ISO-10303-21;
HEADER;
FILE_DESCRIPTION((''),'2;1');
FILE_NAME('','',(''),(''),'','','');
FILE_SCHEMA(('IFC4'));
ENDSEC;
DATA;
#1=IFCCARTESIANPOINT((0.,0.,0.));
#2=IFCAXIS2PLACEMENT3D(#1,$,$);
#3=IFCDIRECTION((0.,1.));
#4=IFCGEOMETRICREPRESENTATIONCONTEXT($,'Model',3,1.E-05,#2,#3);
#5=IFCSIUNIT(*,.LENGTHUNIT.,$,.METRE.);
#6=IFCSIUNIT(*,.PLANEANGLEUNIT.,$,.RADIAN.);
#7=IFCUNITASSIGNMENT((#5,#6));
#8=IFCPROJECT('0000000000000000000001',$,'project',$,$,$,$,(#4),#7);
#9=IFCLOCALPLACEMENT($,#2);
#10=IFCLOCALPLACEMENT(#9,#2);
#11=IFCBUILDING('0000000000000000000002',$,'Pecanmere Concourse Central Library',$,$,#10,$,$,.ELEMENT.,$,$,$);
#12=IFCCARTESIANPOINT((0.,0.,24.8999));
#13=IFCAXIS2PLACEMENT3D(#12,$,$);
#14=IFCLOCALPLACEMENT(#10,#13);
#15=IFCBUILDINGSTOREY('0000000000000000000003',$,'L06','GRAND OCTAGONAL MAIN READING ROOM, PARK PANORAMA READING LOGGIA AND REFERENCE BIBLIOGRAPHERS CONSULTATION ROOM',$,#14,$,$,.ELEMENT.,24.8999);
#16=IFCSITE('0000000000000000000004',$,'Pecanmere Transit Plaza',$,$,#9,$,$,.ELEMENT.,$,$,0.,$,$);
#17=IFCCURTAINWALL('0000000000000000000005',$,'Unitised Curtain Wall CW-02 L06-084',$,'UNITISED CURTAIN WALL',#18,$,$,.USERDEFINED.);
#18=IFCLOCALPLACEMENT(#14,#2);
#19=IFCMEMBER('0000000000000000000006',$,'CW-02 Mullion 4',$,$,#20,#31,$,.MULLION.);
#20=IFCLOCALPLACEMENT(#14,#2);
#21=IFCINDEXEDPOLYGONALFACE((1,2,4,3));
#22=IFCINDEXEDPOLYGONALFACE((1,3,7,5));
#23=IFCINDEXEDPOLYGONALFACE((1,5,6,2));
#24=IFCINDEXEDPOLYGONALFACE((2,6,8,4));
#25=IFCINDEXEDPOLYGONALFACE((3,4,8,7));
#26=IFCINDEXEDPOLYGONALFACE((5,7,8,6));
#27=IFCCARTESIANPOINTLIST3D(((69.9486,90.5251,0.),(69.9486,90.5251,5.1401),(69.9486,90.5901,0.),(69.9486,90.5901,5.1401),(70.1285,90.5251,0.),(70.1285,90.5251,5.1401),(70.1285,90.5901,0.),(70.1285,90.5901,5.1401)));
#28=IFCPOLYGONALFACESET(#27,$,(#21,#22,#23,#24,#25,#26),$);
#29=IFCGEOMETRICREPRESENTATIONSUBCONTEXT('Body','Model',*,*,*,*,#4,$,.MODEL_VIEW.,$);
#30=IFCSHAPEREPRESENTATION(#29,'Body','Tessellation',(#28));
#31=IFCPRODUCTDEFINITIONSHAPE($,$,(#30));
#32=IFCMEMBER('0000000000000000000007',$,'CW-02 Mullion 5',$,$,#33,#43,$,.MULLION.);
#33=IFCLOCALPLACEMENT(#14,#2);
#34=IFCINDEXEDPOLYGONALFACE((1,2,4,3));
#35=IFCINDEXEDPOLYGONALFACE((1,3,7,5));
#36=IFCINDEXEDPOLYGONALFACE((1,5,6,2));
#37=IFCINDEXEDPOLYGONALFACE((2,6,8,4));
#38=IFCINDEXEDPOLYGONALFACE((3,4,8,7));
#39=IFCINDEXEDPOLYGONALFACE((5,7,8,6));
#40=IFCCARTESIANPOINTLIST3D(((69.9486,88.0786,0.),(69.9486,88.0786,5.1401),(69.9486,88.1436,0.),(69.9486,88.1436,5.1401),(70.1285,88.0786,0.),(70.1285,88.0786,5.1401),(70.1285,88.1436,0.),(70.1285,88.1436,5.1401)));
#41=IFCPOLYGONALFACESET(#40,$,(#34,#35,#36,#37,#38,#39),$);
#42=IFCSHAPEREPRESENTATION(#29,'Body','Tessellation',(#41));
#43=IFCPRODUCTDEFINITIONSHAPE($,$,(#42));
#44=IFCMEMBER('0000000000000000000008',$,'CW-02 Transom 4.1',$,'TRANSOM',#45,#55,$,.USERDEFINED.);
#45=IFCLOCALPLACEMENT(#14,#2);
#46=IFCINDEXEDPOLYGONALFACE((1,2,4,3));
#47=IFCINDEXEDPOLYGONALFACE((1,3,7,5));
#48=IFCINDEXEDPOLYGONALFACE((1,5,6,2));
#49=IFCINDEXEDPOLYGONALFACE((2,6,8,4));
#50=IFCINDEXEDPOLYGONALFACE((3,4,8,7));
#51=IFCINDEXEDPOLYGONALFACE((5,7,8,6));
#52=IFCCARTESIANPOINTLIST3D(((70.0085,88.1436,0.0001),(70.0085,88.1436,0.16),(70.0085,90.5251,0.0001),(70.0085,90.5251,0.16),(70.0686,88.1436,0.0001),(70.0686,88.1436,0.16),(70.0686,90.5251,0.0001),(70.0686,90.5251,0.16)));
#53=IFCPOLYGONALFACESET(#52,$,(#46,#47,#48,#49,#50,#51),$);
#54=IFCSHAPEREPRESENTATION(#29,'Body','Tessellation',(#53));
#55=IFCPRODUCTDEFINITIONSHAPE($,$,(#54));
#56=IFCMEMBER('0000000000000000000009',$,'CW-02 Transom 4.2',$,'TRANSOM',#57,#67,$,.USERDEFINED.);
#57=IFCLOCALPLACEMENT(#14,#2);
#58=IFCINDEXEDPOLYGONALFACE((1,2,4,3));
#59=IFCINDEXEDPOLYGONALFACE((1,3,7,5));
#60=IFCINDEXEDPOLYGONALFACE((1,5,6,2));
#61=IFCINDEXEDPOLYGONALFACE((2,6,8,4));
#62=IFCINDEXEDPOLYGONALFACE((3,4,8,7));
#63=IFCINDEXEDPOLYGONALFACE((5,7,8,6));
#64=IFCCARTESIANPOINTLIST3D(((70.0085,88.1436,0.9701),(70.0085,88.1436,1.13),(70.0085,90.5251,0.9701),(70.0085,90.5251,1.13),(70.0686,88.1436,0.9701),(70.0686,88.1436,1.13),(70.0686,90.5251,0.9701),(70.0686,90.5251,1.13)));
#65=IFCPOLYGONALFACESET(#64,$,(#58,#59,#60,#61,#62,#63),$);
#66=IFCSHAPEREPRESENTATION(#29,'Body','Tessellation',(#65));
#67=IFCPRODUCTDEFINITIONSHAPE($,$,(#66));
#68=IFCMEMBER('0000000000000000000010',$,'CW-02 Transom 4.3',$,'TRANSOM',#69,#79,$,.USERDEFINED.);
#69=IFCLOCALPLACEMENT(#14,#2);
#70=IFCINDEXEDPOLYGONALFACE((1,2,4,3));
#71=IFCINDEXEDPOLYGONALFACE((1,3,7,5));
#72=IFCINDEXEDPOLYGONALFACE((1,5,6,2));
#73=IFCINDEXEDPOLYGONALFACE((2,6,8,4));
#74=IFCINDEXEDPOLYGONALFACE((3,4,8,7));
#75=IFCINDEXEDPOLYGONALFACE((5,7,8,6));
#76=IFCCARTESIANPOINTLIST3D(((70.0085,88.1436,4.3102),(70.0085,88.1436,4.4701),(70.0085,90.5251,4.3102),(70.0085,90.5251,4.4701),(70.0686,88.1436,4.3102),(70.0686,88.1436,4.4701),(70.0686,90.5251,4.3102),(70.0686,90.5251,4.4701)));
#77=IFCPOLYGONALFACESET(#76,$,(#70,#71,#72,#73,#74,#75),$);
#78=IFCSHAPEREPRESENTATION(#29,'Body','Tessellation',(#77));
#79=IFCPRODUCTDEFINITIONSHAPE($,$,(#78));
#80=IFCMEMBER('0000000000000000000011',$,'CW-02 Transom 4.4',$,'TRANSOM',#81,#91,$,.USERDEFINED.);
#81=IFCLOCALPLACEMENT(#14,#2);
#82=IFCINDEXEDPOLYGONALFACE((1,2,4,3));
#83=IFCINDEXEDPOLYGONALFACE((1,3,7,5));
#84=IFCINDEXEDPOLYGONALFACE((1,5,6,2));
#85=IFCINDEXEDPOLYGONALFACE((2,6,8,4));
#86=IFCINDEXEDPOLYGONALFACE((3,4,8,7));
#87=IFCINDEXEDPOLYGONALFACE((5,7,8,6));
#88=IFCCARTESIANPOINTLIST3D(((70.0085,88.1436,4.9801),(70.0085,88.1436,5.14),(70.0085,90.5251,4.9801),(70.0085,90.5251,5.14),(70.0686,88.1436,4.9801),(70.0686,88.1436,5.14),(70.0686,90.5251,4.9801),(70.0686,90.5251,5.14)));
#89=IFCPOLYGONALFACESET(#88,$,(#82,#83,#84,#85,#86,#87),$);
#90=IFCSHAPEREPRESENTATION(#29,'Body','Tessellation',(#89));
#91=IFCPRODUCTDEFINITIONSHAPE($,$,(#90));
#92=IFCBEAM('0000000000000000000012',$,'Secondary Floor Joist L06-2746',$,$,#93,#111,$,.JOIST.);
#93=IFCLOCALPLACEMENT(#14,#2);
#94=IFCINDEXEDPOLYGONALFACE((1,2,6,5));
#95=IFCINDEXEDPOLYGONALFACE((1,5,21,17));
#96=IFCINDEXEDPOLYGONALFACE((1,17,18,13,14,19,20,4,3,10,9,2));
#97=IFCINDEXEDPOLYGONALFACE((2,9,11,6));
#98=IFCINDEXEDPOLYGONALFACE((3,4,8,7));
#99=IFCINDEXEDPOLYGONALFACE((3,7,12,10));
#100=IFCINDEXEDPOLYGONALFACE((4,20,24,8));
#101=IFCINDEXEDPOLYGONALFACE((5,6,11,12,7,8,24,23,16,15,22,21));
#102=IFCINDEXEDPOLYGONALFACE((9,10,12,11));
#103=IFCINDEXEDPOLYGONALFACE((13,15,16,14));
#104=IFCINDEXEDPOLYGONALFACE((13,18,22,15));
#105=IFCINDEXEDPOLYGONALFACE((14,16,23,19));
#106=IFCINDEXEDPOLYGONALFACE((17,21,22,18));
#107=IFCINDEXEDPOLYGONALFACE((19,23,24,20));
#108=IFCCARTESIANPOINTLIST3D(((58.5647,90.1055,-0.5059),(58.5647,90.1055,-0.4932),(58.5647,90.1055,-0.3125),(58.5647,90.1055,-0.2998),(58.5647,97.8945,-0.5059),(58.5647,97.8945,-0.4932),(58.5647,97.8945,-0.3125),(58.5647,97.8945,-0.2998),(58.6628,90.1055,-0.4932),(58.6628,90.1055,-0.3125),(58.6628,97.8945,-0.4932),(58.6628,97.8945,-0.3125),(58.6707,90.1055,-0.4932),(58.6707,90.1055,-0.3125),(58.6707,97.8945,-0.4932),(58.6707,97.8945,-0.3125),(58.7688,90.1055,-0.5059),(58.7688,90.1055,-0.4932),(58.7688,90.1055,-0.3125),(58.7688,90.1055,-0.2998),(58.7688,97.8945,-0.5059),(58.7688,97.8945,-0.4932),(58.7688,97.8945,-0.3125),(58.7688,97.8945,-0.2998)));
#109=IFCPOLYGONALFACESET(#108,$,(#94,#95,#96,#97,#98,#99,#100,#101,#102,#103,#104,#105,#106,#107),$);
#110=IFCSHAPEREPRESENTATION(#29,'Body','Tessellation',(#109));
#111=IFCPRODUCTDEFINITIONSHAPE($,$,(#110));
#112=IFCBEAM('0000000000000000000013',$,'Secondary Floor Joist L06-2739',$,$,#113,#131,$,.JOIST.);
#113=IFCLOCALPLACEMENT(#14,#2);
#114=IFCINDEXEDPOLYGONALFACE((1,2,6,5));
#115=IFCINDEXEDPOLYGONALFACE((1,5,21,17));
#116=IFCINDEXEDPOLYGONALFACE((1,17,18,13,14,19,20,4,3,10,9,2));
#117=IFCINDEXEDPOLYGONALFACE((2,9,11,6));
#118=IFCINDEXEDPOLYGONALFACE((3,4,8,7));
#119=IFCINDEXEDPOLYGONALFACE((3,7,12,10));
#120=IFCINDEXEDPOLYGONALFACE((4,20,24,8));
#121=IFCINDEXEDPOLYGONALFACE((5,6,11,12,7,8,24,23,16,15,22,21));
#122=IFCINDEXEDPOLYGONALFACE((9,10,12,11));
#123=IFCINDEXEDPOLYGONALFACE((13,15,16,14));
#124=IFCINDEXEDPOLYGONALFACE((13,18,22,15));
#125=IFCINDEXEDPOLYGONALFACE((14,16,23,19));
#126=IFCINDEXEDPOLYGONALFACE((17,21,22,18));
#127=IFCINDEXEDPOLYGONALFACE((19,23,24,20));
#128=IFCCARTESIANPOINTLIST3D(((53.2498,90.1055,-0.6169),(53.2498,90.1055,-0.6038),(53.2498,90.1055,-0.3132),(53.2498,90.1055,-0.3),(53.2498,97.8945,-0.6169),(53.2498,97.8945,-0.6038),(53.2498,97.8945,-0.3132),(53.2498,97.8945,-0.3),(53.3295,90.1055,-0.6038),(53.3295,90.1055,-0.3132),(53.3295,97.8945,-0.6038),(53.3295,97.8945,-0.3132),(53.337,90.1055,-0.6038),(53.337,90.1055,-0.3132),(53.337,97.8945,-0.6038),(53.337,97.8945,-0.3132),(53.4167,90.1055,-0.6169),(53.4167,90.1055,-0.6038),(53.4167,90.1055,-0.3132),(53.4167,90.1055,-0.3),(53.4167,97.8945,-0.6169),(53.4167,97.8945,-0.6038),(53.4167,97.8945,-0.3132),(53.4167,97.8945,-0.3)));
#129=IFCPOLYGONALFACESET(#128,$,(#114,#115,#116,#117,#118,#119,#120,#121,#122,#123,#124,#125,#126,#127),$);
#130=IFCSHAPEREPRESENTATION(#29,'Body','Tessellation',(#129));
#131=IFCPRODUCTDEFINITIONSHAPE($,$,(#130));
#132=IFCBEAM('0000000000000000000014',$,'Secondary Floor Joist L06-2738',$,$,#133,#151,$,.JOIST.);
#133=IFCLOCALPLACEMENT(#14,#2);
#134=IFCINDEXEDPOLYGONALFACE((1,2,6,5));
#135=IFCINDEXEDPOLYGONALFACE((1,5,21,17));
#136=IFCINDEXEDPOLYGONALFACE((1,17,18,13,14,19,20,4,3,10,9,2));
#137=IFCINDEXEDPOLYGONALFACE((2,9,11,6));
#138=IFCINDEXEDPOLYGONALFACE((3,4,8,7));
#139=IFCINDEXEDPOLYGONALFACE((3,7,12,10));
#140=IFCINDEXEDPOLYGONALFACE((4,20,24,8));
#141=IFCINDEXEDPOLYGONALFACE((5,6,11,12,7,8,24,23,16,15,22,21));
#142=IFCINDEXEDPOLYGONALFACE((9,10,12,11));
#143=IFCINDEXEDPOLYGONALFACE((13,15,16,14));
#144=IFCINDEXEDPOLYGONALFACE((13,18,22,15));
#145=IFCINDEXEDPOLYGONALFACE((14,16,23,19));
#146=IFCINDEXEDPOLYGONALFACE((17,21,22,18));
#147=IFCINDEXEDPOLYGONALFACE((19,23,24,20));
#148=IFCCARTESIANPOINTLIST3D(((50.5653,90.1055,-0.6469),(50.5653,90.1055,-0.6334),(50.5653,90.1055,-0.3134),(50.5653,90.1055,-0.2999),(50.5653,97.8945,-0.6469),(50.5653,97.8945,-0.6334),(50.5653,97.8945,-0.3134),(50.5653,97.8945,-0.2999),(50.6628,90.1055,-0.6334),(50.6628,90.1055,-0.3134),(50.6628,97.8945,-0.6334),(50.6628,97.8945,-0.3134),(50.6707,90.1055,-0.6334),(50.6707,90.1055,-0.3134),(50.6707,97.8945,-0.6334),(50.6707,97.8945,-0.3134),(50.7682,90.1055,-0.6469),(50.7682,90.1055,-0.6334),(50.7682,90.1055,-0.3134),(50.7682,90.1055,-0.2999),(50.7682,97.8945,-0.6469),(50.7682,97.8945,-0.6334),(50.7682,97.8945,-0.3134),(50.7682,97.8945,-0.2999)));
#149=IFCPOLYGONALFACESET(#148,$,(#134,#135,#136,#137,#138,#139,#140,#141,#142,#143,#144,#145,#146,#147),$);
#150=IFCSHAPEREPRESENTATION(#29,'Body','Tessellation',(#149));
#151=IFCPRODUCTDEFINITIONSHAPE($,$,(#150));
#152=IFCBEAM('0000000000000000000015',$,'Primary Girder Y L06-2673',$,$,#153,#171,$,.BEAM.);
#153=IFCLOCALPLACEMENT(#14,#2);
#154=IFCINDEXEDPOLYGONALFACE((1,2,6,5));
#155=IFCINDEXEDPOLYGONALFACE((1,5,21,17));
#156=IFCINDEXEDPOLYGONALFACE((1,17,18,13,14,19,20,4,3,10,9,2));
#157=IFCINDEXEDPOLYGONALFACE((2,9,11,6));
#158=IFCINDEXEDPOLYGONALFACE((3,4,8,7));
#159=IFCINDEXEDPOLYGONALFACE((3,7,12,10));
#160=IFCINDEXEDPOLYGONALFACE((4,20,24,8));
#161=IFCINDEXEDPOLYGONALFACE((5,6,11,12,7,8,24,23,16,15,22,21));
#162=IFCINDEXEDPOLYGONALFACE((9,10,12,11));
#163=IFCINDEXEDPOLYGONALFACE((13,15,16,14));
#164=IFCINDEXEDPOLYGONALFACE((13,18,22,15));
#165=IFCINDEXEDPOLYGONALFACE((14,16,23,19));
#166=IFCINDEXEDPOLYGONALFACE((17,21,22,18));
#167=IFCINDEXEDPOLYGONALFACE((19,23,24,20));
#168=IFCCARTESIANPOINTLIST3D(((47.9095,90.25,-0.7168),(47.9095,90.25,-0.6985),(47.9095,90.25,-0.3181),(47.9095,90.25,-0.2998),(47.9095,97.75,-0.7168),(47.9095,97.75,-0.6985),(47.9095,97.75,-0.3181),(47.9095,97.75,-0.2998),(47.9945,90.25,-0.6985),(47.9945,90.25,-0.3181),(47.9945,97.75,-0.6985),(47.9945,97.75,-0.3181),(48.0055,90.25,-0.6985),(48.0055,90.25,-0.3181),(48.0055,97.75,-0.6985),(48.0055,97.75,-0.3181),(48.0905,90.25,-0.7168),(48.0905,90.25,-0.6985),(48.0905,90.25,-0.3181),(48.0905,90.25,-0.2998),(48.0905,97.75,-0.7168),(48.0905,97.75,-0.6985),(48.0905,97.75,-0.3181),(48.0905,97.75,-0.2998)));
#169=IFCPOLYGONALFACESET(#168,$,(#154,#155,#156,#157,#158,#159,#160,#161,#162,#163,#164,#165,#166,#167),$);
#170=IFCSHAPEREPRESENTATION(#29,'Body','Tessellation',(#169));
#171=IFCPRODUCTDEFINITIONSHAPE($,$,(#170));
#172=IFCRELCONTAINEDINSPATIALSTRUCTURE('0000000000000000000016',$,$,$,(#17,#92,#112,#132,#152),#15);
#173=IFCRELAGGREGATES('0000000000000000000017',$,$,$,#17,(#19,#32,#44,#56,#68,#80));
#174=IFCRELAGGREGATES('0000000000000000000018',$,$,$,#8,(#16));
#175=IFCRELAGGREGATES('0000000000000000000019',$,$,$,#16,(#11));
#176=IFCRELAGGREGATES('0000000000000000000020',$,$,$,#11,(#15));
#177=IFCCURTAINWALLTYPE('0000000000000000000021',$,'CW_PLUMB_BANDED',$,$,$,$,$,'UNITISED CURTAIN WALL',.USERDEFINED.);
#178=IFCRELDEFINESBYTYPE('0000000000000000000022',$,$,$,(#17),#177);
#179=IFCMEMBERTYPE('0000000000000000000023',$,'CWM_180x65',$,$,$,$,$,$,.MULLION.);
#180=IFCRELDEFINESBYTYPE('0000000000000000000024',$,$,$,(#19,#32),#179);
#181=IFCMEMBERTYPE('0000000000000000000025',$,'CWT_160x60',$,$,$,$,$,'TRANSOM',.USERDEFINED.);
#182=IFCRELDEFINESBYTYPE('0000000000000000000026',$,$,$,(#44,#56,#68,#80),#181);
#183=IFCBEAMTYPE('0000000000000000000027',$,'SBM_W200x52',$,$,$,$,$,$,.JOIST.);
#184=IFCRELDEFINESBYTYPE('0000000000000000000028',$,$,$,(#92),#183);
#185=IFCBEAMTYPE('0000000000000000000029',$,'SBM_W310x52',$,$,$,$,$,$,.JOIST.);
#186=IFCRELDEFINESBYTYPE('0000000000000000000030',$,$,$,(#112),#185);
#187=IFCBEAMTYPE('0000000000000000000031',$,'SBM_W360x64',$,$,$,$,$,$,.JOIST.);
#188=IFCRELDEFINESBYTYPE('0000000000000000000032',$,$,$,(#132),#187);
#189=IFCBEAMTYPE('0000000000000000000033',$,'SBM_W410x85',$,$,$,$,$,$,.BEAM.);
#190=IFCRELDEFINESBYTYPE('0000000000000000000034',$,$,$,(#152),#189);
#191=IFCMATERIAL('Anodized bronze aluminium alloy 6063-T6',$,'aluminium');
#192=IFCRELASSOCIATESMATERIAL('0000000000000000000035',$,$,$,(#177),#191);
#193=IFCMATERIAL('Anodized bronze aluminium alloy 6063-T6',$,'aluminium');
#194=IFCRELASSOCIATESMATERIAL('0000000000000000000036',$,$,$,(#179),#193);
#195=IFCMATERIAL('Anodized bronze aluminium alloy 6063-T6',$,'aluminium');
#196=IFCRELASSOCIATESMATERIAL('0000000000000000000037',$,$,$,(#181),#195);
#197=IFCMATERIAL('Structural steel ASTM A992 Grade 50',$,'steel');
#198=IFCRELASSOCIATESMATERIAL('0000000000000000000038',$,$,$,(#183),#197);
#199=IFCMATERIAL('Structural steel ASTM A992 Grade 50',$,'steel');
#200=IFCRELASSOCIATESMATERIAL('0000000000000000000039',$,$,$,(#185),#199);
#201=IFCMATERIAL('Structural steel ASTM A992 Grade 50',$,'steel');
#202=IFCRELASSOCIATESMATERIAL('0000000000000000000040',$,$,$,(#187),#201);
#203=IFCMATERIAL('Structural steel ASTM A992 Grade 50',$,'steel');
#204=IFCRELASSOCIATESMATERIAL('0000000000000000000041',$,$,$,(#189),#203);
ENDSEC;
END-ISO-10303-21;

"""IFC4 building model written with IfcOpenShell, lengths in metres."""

from ifc_helpers import new_model, si_unit, direction, frame, origin, origin_2d, place, context, subcontext, project, spatial, rectangle, i_section, extrude, material, material_profile, profile_set, type_object, element, aggregate, save


model = new_model("IFC4")

# Units and contexts
model_context = context("Model", 3, precision=1e-05, world=origin(), true_north=direction((0.0, 1.0)))
body_context = subcontext(model_context, "Body", "Model", "MODEL_VIEW")
ifc_project = project(units=[si_unit("LENGTHUNIT", "METRE"), si_unit("PLANEANGLEUNIT", "RADIAN")], contexts=[model_context])

# Site, building, storey
site_placement = place(None, origin())
site = spatial("IfcSite", under=ifc_project, at=site_placement, Name="Pecanmere Transit Plaza", CompositionType="ELEMENT", RefElevation=0.0)
building_placement = place(site_placement, origin())
building = spatial("IfcBuilding", under=site, at=building_placement, Name="Pecanmere Concourse Central Library", CompositionType="ELEMENT")
storey_placement = place(building_placement, frame((0.0, 0.0, 24.8999)))
storey = spatial("IfcBuildingStorey", under=building, at=storey_placement, Name="L06", Description="GRAND OCTAGONAL MAIN READING ROOM, PARK PANORAMA READING LOGGIA AND REFERENCE BIBLIOGRAPHERS CONSULTATION ROOM", CompositionType="ELEMENT", Elevation=24.8999)

# Curtain wall, members
ifc_material_1 = material(Name="Anodized bronze aluminium alloy 6063-T6", Category="aluminium")
curtain_wall_type = type_object("IfcCurtainWallType", Name="CW_PLUMB_BANDED", ElementType="UNITISED CURTAIN WALL", PredefinedType="USERDEFINED", material=ifc_material_1)
curtain_wall_placement = place(storey_placement, origin())
curtain_wall = element("IfcCurtainWall", 1, at=curtain_wall_placement, inside=storey, type_object=curtain_wall_type, Name="Unitised Curtain Wall CW-02 L06-084", ObjectType="UNITISED CURTAIN WALL", PredefinedType="USERDEFINED")
ifc_material_2 = material(Name="Anodized bronze aluminium alloy 6063-T6", Category="aluminium")
ifc_material_profile_1 = material_profile(ifc_material_2, rectangle(XDim=0.0649, YDim=0.1799, at=origin_2d()), Name="AL 65x180")
ifc_profile_set_1 = profile_set([ifc_material_profile_1], Name="Anodized bronze aluminium alloy 6063-T6")
member_type_1 = type_object("IfcMemberType", Name="CWM_180x65", PredefinedType="MULLION", material=ifc_profile_set_1)
member_1_placement = place(storey_placement, frame((70.0386, 90.5576, 0.0), z_axis=(0.0, 0.0, 1.0), x_axis=(0.0, -1.0, 0.0)))
member_1 = element("IfcMember", 2, at=member_1_placement, type_object=member_type_1, Name="CW-02 Mullion 4", PredefinedType="MULLION", context=body_context, shape_type="SweptSolid", body=[
    extrude(rectangle(XDim=0.0649, YDim=0.1799, at=origin_2d()), origin(), (0.0, 0.0, 1.0), 5.1401),
])
member_2_placement = place(storey_placement, frame((70.0386, 88.1111, 0.0), z_axis=(0.0, 0.0, 1.0), x_axis=(0.0, -1.0, 0.0)))
member_2 = element("IfcMember", 3, at=member_2_placement, type_object=member_type_1, Name="CW-02 Mullion 5", PredefinedType="MULLION", context=body_context, shape_type="SweptSolid", body=[
    extrude(rectangle(XDim=0.0649, YDim=0.1799, at=origin_2d()), origin(), (0.0, 0.0, 1.0), 5.1401),
])
ifc_material_3 = material(Name="Anodized bronze aluminium alloy 6063-T6", Category="aluminium")
ifc_material_profile_2 = material_profile(ifc_material_3, rectangle(XDim=0.0601, YDim=0.1599, at=origin_2d()), Name="AL 60x160")
ifc_profile_set_2 = profile_set([ifc_material_profile_2], Name="Anodized bronze aluminium alloy 6063-T6")
member_type_2 = type_object("IfcMemberType", Name="CWT_160x60", ElementType="TRANSOM", PredefinedType="USERDEFINED", material=ifc_profile_set_2)
member_3_placement = place(storey_placement, frame((70.0386, 90.5251, 0.0801), z_axis=(0.0, -1.0, 0.0), x_axis=(1.0, 0.0, 0.0)))
member_3 = element("IfcMember", 4, at=member_3_placement, type_object=member_type_2, Name="CW-02 Transom 4.1", ObjectType="TRANSOM", PredefinedType="USERDEFINED", context=body_context, shape_type="SweptSolid", body=[
    extrude(rectangle(XDim=0.0601, YDim=0.1599, at=origin_2d()), origin(), (0.0, 0.0, 1.0), 2.3816),
])
member_4_placement = place(storey_placement, frame((70.0386, 90.5251, 1.05), z_axis=(0.0, -1.0, 0.0), x_axis=(1.0, 0.0, 0.0)))
member_4 = element("IfcMember", 5, at=member_4_placement, type_object=member_type_2, Name="CW-02 Transom 4.2", ObjectType="TRANSOM", PredefinedType="USERDEFINED", context=body_context, shape_type="SweptSolid", body=[
    extrude(rectangle(XDim=0.0601, YDim=0.1599, at=origin_2d()), origin(), (0.0, 0.0, 1.0), 2.3816),
])
member_5_placement = place(storey_placement, frame((70.0386, 90.5251, 4.3901), z_axis=(0.0, -1.0, 0.0), x_axis=(1.0, 0.0, 0.0)))
member_5 = element("IfcMember", 6, at=member_5_placement, type_object=member_type_2, Name="CW-02 Transom 4.3", ObjectType="TRANSOM", PredefinedType="USERDEFINED", context=body_context, shape_type="SweptSolid", body=[
    extrude(rectangle(XDim=0.0601, YDim=0.1599, at=origin_2d()), origin(), (0.0, 0.0, 1.0), 2.3816),
])
member_6_placement = place(storey_placement, frame((70.0386, 90.5251, 5.0601), z_axis=(0.0, -1.0, 0.0), x_axis=(1.0, 0.0, 0.0)))
member_6 = element("IfcMember", 7, at=member_6_placement, type_object=member_type_2, Name="CW-02 Transom 4.4", ObjectType="TRANSOM", PredefinedType="USERDEFINED", context=body_context, shape_type="SweptSolid", body=[
    extrude(rectangle(XDim=0.0601, YDim=0.1599, at=origin_2d()), origin(), (0.0, 0.0, 1.0), 2.3816),
])

# Beams
ifc_material_4 = material(Name="Structural steel ASTM A992 Grade 50", Category="steel")
ifc_material_profile_3 = material_profile(ifc_material_4, i_section(OverallWidth=0.2041, OverallDepth=0.2061, WebThickness=0.0078, FlangeThickness=0.0127, at=origin_2d()), Name="W200x52")
ifc_profile_set_3 = profile_set([ifc_material_profile_3], Name="Structural steel ASTM A992 Grade 50")
beam_type_1 = type_object("IfcBeamType", Name="SBM_W200x52", PredefinedType="JOIST", material=ifc_profile_set_3)
beam_1_placement = place(storey_placement, frame((58.6667, 90.1055, -0.4028), z_axis=(0.0, 1.0, 0.0), x_axis=(-1.0, 0.0, 0.0)))
element("IfcBeam", 8, at=beam_1_placement, inside=storey, type_object=beam_type_1, Name="Secondary Floor Joist L06-2746", PredefinedType="JOIST", context=body_context, shape_type="SweptSolid", body=[
    extrude(i_section(OverallWidth=0.2041, OverallDepth=0.2061, WebThickness=0.0078, FlangeThickness=0.0127, at=origin_2d()), origin(), (0.0, 0.0, 1.0), 7.7891),
])
ifc_material_5 = material(Name="Structural steel ASTM A992 Grade 50", Category="steel")
ifc_material_profile_4 = material_profile(ifc_material_5, i_section(OverallWidth=0.167, OverallDepth=0.3169, WebThickness=0.0076, FlangeThickness=0.0132, at=origin_2d()), Name="W310x52")
ifc_profile_set_4 = profile_set([ifc_material_profile_4], Name="Structural steel ASTM A992 Grade 50")
beam_type_2 = type_object("IfcBeamType", Name="SBM_W310x52", PredefinedType="JOIST", material=ifc_profile_set_4)
beam_2_placement = place(storey_placement, frame((53.3333, 90.1055, -0.4585), z_axis=(0.0, 1.0, 0.0), x_axis=(-1.0, 0.0, 0.0)))
element("IfcBeam", 9, at=beam_2_placement, inside=storey, type_object=beam_type_2, Name="Secondary Floor Joist L06-2739", PredefinedType="JOIST", context=body_context, shape_type="SweptSolid", body=[
    extrude(i_section(OverallWidth=0.167, OverallDepth=0.3169, WebThickness=0.0076, FlangeThickness=0.0132, at=origin_2d()), origin(), (0.0, 0.0, 1.0), 7.7891),
])
ifc_material_6 = material(Name="Structural steel ASTM A992 Grade 50", Category="steel")
ifc_material_profile_5 = material_profile(ifc_material_6, i_section(OverallWidth=0.2029, OverallDepth=0.3469, WebThickness=0.0078, FlangeThickness=0.0134, at=origin_2d()), Name="W360x64")
ifc_profile_set_5 = profile_set([ifc_material_profile_5], Name="Structural steel ASTM A992 Grade 50")
beam_type_3 = type_object("IfcBeamType", Name="SBM_W360x64", PredefinedType="JOIST", material=ifc_profile_set_5)
beam_3_placement = place(storey_placement, frame((50.6667, 90.1055, -0.4734), z_axis=(0.0, 1.0, 0.0), x_axis=(-1.0, 0.0, 0.0)))
element("IfcBeam", 10, at=beam_3_placement, inside=storey, type_object=beam_type_3, Name="Secondary Floor Joist L06-2738", PredefinedType="JOIST", context=body_context, shape_type="SweptSolid", body=[
    extrude(i_section(OverallWidth=0.2029, OverallDepth=0.3469, WebThickness=0.0078, FlangeThickness=0.0134, at=origin_2d()), origin(), (0.0, 0.0, 1.0), 7.7891),
])
ifc_material_7 = material(Name="Structural steel ASTM A992 Grade 50", Category="steel")
ifc_material_profile_6 = material_profile(ifc_material_7, i_section(OverallWidth=0.1809, OverallDepth=0.417, WebThickness=0.011, FlangeThickness=0.0183, at=origin_2d()), Name="W410x85")
ifc_profile_set_6 = profile_set([ifc_material_profile_6], Name="Structural steel ASTM A992 Grade 50")
beam_type_4 = type_object("IfcBeamType", Name="SBM_W410x85", PredefinedType="BEAM", material=ifc_profile_set_6)
for number, where, z_axis, x_axis, name in (
    (11, (48.0, 90.25, -0.5083), (0.0, 1.0, 0.0), (-1.0, 0.0, 0.0), "Primary Girder Y L06-2673"),
):
    element("IfcBeam", number, at=place(storey_placement, frame(where, z_axis=z_axis, x_axis=x_axis)), inside=storey, type_object=beam_type_4, Name=name, PredefinedType="BEAM", context=body_context, shape_type="SweptSolid", body=[
        extrude(i_section(OverallWidth=0.1809, OverallDepth=0.417, WebThickness=0.011, FlangeThickness=0.0183, at=origin_2d()), origin(), (0.0, 0.0, 1.0), 7.5),
    ])

aggregate(curtain_wall, [member_1, member_2, member_3, member_4, member_5, member_6])

save(model, "model.ifc")
